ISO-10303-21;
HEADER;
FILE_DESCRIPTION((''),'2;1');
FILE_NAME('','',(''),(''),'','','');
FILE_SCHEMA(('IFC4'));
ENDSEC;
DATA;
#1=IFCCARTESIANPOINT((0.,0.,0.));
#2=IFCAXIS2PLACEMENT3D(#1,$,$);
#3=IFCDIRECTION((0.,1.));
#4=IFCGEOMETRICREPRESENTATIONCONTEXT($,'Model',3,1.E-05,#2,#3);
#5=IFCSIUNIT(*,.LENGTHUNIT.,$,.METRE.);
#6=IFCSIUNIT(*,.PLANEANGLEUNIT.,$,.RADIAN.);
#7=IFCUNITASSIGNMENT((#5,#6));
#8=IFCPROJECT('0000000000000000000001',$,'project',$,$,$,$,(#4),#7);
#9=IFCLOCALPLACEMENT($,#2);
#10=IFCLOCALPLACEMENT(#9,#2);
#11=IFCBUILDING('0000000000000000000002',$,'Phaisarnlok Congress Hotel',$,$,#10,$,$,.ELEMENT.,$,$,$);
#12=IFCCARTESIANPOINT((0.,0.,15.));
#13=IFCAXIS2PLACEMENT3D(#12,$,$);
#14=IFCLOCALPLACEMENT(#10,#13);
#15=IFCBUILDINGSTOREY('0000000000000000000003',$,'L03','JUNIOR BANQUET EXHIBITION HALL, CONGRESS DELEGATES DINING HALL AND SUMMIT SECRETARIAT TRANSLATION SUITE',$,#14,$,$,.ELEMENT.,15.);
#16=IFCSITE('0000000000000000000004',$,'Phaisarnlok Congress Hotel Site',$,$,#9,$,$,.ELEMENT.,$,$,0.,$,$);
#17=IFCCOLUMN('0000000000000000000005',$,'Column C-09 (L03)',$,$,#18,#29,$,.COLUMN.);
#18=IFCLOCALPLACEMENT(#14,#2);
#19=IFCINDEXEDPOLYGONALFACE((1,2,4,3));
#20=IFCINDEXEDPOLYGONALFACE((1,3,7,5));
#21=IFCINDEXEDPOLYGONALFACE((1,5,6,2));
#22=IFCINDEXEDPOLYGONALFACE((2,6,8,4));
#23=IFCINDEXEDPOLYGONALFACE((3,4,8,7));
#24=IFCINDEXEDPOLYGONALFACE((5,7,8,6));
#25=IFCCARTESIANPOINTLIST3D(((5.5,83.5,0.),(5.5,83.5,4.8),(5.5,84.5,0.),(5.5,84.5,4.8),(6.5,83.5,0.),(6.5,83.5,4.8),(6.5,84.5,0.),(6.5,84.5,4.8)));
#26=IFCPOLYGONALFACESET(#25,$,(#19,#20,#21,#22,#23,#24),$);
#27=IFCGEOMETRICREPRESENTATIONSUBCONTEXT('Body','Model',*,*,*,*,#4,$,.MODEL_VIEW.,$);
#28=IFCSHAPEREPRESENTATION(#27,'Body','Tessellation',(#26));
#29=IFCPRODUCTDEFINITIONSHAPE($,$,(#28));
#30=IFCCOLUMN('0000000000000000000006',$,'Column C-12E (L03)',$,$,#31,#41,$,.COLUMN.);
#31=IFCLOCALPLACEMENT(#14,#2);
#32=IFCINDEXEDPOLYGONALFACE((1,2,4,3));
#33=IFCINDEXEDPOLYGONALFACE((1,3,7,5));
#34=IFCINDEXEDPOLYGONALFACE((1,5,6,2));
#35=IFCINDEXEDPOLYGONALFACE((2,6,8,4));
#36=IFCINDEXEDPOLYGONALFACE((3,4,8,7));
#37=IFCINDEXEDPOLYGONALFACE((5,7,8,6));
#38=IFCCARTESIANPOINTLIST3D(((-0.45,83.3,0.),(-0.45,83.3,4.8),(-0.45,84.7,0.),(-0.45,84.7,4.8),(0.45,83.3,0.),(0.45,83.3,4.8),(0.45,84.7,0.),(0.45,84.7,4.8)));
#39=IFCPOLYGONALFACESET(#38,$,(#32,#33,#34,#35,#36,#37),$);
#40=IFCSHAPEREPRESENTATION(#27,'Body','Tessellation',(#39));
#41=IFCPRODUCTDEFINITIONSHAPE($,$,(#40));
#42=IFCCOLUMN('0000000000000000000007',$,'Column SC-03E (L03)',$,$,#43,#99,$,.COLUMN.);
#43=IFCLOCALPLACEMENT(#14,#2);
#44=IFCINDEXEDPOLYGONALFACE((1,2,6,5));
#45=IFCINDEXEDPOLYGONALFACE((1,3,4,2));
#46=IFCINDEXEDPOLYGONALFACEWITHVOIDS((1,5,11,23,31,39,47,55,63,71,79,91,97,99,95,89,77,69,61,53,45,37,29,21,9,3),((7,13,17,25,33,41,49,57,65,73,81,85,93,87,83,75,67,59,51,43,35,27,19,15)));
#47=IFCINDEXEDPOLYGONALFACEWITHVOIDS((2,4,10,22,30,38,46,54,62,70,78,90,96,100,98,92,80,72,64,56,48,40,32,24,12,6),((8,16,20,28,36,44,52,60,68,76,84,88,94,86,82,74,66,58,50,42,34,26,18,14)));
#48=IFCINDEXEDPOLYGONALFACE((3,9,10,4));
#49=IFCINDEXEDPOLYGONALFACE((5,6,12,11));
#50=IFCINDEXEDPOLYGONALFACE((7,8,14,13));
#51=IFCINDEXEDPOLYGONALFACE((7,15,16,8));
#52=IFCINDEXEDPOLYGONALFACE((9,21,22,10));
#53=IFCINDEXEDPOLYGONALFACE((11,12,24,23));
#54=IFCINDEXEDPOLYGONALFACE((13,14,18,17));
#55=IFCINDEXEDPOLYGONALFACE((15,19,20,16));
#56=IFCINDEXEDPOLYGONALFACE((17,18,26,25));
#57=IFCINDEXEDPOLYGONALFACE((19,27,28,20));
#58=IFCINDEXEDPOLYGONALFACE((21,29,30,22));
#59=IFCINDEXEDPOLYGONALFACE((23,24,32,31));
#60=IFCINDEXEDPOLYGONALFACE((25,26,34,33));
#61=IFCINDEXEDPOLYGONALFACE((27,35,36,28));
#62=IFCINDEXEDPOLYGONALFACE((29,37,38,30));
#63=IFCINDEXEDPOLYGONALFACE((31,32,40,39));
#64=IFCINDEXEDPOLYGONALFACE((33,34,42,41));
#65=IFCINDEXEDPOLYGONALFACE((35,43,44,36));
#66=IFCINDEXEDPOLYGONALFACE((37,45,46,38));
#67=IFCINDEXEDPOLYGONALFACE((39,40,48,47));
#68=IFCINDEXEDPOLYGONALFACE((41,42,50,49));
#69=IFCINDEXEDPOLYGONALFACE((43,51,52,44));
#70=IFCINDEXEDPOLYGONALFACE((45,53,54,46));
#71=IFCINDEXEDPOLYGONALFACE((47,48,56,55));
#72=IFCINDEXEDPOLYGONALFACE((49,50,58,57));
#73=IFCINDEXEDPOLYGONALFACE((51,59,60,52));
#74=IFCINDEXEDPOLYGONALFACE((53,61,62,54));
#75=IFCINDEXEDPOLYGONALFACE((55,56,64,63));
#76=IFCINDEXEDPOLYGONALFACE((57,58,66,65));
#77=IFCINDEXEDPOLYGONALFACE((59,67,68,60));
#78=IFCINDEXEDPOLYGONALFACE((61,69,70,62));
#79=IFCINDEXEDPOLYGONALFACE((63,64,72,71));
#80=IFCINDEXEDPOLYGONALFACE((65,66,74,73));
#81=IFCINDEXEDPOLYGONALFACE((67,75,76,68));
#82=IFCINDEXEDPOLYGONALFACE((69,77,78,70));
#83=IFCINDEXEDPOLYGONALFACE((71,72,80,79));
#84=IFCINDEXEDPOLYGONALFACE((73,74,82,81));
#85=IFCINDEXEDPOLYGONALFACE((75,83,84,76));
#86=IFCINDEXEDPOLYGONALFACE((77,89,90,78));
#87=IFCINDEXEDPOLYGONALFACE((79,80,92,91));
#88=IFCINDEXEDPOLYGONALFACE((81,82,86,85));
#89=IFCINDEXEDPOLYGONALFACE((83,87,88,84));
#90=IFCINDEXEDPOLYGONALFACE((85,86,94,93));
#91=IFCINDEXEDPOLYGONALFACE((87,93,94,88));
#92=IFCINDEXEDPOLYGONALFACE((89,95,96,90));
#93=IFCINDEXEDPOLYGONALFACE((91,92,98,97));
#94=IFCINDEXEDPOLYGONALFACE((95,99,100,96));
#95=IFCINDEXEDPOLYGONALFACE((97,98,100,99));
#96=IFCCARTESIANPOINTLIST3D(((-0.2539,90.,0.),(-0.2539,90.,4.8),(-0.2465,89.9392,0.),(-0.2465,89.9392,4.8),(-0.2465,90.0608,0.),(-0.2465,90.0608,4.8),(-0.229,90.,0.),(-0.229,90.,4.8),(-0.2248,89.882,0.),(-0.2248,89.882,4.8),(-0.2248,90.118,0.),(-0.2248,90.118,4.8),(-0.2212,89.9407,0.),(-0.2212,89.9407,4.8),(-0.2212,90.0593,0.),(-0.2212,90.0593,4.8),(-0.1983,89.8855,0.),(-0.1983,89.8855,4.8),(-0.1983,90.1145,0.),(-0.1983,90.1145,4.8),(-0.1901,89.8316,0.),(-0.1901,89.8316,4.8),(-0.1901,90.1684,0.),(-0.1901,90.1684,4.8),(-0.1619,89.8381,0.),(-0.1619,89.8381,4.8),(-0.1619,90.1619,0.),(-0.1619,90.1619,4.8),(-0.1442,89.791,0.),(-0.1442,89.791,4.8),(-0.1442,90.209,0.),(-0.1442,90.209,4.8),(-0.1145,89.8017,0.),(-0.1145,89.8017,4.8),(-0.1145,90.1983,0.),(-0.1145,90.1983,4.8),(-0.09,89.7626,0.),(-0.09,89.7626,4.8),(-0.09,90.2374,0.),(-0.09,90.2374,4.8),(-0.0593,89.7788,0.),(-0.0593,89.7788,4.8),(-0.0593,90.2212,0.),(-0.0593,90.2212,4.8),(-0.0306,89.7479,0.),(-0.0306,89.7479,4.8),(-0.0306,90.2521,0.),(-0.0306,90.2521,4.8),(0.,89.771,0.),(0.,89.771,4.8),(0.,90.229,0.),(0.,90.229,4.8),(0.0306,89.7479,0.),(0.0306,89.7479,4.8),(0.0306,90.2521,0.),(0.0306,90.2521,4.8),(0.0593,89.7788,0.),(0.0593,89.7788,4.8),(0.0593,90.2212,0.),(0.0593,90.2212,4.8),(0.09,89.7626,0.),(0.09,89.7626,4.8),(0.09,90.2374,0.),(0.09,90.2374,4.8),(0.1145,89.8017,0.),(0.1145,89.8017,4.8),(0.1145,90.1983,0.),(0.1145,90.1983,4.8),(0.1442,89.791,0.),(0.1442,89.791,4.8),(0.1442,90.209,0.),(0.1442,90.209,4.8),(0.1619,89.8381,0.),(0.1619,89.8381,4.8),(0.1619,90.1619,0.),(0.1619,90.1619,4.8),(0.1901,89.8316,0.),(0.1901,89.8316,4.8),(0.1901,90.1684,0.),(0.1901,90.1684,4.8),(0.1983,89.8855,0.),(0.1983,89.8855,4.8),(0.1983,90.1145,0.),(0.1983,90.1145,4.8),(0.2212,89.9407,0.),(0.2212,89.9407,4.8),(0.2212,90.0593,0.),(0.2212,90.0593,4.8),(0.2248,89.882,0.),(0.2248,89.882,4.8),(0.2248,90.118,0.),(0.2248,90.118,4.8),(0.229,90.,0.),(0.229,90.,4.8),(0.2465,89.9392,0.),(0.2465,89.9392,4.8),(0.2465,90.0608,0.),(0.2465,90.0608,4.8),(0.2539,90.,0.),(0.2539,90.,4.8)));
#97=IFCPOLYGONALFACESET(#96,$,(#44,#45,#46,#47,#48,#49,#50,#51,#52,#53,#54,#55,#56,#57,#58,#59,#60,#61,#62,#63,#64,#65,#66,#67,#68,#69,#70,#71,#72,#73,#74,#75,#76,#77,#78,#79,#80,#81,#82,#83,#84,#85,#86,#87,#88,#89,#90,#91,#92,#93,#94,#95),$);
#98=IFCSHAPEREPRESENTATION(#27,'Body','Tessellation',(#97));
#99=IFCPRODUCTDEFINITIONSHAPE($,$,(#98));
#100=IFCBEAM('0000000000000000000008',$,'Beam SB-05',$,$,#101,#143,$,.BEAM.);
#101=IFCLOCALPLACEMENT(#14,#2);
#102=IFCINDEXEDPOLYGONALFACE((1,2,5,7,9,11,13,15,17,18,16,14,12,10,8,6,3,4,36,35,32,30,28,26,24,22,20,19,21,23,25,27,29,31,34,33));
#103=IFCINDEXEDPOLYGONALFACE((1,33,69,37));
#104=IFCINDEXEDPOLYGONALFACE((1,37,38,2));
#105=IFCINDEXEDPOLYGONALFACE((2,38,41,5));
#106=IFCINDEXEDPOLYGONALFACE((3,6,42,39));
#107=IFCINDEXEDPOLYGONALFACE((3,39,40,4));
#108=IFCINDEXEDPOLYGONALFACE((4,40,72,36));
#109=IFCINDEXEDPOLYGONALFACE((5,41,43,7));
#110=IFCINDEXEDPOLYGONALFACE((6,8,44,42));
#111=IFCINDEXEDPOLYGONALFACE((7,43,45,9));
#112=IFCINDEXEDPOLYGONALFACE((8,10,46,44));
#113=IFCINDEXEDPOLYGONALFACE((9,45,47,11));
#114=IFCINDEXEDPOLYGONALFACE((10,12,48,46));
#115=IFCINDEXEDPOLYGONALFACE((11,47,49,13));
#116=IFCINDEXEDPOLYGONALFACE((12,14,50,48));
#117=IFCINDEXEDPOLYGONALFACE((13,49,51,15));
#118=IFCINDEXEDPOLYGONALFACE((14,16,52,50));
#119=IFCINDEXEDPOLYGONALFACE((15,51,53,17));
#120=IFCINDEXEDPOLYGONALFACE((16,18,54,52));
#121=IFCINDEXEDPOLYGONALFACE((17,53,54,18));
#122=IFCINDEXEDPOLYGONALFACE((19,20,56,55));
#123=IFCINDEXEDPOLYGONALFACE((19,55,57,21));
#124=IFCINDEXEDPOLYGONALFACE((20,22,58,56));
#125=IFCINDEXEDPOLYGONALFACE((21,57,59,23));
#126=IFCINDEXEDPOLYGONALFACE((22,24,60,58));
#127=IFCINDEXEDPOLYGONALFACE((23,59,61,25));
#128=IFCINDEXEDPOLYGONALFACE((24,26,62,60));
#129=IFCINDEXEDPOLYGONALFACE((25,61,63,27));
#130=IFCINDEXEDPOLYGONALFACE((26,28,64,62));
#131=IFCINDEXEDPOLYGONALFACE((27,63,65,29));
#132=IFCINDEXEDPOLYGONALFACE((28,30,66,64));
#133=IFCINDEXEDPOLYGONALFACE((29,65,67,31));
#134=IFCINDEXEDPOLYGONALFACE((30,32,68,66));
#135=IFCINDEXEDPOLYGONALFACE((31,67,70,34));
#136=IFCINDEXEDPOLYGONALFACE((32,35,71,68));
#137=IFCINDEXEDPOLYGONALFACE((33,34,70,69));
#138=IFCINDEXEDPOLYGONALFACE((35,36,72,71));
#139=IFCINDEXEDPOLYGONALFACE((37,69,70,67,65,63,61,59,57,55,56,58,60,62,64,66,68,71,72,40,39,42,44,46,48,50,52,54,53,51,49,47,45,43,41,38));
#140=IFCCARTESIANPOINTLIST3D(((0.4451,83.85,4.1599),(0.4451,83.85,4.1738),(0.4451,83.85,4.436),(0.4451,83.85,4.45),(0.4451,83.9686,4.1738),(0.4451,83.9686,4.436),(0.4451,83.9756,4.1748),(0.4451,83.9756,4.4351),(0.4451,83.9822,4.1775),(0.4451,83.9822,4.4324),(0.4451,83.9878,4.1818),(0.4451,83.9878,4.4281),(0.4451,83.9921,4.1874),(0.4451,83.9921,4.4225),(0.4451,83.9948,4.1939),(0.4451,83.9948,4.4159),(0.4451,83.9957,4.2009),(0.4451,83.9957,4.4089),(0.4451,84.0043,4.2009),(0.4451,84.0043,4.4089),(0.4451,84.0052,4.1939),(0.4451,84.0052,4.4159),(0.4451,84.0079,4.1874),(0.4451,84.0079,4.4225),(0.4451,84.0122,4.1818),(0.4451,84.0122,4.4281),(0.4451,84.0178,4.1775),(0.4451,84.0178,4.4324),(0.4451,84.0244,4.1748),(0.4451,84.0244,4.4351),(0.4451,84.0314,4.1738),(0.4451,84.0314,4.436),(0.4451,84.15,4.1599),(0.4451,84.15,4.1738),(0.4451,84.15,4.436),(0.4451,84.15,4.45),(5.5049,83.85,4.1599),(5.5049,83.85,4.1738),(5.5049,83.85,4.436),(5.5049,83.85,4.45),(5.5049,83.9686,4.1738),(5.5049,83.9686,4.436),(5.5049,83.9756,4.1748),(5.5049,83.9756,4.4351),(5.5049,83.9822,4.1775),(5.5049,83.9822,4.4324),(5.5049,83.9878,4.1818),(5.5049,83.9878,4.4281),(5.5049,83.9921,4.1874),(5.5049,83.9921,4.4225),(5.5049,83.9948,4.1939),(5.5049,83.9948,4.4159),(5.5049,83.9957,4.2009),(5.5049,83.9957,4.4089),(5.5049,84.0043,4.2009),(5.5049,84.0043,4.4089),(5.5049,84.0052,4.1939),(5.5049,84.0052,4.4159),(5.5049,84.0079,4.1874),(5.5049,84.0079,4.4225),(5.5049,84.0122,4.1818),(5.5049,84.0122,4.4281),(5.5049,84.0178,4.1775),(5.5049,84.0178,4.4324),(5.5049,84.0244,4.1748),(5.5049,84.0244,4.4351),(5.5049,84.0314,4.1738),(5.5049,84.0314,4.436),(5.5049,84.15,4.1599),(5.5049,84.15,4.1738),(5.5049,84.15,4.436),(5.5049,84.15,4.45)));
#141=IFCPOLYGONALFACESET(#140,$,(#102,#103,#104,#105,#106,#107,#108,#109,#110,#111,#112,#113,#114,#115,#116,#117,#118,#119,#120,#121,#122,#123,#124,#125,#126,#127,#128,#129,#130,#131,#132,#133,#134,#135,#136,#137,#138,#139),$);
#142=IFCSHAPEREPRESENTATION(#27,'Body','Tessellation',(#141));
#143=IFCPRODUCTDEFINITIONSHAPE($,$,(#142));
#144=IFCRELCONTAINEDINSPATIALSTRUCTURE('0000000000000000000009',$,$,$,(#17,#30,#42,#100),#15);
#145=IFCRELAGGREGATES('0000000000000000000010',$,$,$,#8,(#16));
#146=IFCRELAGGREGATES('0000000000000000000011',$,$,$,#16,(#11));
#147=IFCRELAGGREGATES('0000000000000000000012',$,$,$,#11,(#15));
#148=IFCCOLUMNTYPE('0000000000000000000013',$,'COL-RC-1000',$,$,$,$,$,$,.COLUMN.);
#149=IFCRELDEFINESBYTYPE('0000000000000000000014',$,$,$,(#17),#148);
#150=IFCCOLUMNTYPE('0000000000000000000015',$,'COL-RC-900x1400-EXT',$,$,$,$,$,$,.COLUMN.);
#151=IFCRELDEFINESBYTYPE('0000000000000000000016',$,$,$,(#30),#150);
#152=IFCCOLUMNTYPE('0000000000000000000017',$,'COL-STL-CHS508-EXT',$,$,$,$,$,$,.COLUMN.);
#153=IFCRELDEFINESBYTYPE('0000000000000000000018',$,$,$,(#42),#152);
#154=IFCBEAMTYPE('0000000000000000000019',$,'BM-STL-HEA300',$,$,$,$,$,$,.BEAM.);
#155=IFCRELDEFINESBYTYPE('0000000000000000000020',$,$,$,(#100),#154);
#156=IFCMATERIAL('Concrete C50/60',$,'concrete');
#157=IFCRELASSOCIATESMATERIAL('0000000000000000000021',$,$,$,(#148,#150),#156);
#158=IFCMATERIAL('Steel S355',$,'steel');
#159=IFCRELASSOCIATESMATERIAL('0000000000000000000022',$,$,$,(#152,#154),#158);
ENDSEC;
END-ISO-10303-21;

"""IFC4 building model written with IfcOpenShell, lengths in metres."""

from ifc_helpers import new_model, si_unit, direction, frame, origin, origin_2d, place, context, subcontext, project, spatial, rectangle, hollow_circle, i_section, extrude, material, material_profile, profile_set, type_object, element, save


model = new_model("IFC4")

# Units and contexts
model_context = context("Model", 3, precision=1e-05, world=origin(), true_north=direction((0.0, 1.0)))
body_context = subcontext(model_context, "Body", "Model", "MODEL_VIEW")
ifc_project = project(units=[si_unit("LENGTHUNIT", "METRE"), si_unit("PLANEANGLEUNIT", "RADIAN")], contexts=[model_context])

# Site, building, storey
site_placement = place(None, origin())
site = spatial("IfcSite", under=ifc_project, at=site_placement, Name="Phaisarnlok Congress Hotel Site", CompositionType="ELEMENT", RefElevation=0.0)
building_placement = place(site_placement, origin())
building = spatial("IfcBuilding", under=site, at=building_placement, Name="Phaisarnlok Congress Hotel", CompositionType="ELEMENT")
storey_placement = place(building_placement, frame((0.0, 0.0, 15.0)))
storey = spatial("IfcBuildingStorey", under=building, at=storey_placement, Name="L03", Description="JUNIOR BANQUET EXHIBITION HALL, CONGRESS DELEGATES DINING HALL AND SUMMIT SECRETARIAT TRANSLATION SUITE", CompositionType="ELEMENT", Elevation=15.0)

# Columns
ifc_material_1 = material(Name="Concrete C50/60", Category="concrete")
ifc_material_profile_1 = material_profile(ifc_material_1, rectangle(XDim=1.0, YDim=1.0, at=origin_2d()), Name="RC 1000x1000")
ifc_profile_set_1 = profile_set([ifc_material_profile_1], Name="Concrete C50/60")
column_type_1 = type_object("IfcColumnType", Name="COL-RC-1000", PredefinedType="COLUMN", material=ifc_profile_set_1)
column_1_placement = place(storey_placement, frame((6.0, 84.0, 0.0), z_axis=(0.0, 0.0, 1.0), x_axis=(1.0, 0.0, 0.0)))
element("IfcColumn", 1, at=column_1_placement, inside=storey, type_object=column_type_1, Name="Column C-09 (L03)", PredefinedType="COLUMN", context=body_context, shape_type="SweptSolid", body=[
    extrude(rectangle(XDim=1.0, YDim=1.0, at=origin_2d()), origin(), (0.0, 0.0, 1.0), 4.8),
])
ifc_material_profile_2 = material_profile(ifc_material_1, rectangle(XDim=0.8999, YDim=1.3999, at=origin_2d()), Name="RC 900x1400")
ifc_profile_set_2 = profile_set([ifc_material_profile_2], Name="Concrete C50/60")
column_type_2 = type_object("IfcColumnType", Name="COL-RC-900x1400-EXT", PredefinedType="COLUMN", material=ifc_profile_set_2)
column_2_placement = place(storey_placement, frame((0.0, 84.0, 0.0), z_axis=(0.0, 0.0, 1.0), x_axis=(1.0, 0.0, 0.0)))
element("IfcColumn", 2, at=column_2_placement, inside=storey, type_object=column_type_2, Name="Column C-12E (L03)", PredefinedType="COLUMN", context=body_context, shape_type="SweptSolid", body=[
    extrude(rectangle(XDim=0.8999, YDim=1.3999, at=origin_2d()), origin(), (0.0, 0.0, 1.0), 4.8),
])
ifc_material_2 = material(Name="Steel S355", Category="steel")
ifc_material_profile_3 = material_profile(ifc_material_2, hollow_circle(Radius=0.2539, WallThickness=0.0249, at=origin_2d()), Name="CHS 508x25")
ifc_profile_set_3 = profile_set([ifc_material_profile_3], Name="Steel S355")
column_type_3 = type_object("IfcColumnType", Name="COL-STL-CHS508-EXT", PredefinedType="COLUMN", material=ifc_profile_set_3)
column_3_placement = place(storey_placement, frame((0.0, 90.0, 0.0), z_axis=(0.0, 0.0, 1.0), x_axis=(1.0, 0.0, 0.0)))
element("IfcColumn", 3, at=column_3_placement, inside=storey, type_object=column_type_3, Name="Column SC-03E (L03)", PredefinedType="COLUMN", context=body_context, shape_type="SweptSolid", body=[
    extrude(hollow_circle(Radius=0.2539, WallThickness=0.0249, at=origin_2d()), origin(), (0.0, 0.0, 1.0), 4.8),
])

# Beam
ifc_material_profile_4 = material_profile(ifc_material_2, i_section(OverallWidth=0.3, OverallDepth=0.29, WebThickness=0.0085, FlangeThickness=0.0139, FilletRadius=0.0271, at=origin_2d()), Name="HEA 300")
ifc_profile_set_4 = profile_set([ifc_material_profile_4], Name="Steel S355")
beam_type_1 = type_object("IfcBeamType", Name="BM-STL-HEA300", PredefinedType="BEAM", material=ifc_profile_set_4)
beam_1_placement = place(storey_placement, frame((0.4451, 84.0, 4.3049), z_axis=(1.0, 0.0, 0.0), x_axis=(0.0, 1.0, 0.0)))
element("IfcBeam", 4, at=beam_1_placement, inside=storey, type_object=beam_type_1, Name="Beam SB-05", PredefinedType="BEAM", context=body_context, shape_type="SweptSolid", body=[
    extrude(i_section(OverallWidth=0.3, OverallDepth=0.29, WebThickness=0.0085, FlangeThickness=0.0139, FilletRadius=0.0271, at=origin_2d()), origin(), (0.0, 0.0, 1.0), 5.0598),
])

save(model, "model.ifc")
